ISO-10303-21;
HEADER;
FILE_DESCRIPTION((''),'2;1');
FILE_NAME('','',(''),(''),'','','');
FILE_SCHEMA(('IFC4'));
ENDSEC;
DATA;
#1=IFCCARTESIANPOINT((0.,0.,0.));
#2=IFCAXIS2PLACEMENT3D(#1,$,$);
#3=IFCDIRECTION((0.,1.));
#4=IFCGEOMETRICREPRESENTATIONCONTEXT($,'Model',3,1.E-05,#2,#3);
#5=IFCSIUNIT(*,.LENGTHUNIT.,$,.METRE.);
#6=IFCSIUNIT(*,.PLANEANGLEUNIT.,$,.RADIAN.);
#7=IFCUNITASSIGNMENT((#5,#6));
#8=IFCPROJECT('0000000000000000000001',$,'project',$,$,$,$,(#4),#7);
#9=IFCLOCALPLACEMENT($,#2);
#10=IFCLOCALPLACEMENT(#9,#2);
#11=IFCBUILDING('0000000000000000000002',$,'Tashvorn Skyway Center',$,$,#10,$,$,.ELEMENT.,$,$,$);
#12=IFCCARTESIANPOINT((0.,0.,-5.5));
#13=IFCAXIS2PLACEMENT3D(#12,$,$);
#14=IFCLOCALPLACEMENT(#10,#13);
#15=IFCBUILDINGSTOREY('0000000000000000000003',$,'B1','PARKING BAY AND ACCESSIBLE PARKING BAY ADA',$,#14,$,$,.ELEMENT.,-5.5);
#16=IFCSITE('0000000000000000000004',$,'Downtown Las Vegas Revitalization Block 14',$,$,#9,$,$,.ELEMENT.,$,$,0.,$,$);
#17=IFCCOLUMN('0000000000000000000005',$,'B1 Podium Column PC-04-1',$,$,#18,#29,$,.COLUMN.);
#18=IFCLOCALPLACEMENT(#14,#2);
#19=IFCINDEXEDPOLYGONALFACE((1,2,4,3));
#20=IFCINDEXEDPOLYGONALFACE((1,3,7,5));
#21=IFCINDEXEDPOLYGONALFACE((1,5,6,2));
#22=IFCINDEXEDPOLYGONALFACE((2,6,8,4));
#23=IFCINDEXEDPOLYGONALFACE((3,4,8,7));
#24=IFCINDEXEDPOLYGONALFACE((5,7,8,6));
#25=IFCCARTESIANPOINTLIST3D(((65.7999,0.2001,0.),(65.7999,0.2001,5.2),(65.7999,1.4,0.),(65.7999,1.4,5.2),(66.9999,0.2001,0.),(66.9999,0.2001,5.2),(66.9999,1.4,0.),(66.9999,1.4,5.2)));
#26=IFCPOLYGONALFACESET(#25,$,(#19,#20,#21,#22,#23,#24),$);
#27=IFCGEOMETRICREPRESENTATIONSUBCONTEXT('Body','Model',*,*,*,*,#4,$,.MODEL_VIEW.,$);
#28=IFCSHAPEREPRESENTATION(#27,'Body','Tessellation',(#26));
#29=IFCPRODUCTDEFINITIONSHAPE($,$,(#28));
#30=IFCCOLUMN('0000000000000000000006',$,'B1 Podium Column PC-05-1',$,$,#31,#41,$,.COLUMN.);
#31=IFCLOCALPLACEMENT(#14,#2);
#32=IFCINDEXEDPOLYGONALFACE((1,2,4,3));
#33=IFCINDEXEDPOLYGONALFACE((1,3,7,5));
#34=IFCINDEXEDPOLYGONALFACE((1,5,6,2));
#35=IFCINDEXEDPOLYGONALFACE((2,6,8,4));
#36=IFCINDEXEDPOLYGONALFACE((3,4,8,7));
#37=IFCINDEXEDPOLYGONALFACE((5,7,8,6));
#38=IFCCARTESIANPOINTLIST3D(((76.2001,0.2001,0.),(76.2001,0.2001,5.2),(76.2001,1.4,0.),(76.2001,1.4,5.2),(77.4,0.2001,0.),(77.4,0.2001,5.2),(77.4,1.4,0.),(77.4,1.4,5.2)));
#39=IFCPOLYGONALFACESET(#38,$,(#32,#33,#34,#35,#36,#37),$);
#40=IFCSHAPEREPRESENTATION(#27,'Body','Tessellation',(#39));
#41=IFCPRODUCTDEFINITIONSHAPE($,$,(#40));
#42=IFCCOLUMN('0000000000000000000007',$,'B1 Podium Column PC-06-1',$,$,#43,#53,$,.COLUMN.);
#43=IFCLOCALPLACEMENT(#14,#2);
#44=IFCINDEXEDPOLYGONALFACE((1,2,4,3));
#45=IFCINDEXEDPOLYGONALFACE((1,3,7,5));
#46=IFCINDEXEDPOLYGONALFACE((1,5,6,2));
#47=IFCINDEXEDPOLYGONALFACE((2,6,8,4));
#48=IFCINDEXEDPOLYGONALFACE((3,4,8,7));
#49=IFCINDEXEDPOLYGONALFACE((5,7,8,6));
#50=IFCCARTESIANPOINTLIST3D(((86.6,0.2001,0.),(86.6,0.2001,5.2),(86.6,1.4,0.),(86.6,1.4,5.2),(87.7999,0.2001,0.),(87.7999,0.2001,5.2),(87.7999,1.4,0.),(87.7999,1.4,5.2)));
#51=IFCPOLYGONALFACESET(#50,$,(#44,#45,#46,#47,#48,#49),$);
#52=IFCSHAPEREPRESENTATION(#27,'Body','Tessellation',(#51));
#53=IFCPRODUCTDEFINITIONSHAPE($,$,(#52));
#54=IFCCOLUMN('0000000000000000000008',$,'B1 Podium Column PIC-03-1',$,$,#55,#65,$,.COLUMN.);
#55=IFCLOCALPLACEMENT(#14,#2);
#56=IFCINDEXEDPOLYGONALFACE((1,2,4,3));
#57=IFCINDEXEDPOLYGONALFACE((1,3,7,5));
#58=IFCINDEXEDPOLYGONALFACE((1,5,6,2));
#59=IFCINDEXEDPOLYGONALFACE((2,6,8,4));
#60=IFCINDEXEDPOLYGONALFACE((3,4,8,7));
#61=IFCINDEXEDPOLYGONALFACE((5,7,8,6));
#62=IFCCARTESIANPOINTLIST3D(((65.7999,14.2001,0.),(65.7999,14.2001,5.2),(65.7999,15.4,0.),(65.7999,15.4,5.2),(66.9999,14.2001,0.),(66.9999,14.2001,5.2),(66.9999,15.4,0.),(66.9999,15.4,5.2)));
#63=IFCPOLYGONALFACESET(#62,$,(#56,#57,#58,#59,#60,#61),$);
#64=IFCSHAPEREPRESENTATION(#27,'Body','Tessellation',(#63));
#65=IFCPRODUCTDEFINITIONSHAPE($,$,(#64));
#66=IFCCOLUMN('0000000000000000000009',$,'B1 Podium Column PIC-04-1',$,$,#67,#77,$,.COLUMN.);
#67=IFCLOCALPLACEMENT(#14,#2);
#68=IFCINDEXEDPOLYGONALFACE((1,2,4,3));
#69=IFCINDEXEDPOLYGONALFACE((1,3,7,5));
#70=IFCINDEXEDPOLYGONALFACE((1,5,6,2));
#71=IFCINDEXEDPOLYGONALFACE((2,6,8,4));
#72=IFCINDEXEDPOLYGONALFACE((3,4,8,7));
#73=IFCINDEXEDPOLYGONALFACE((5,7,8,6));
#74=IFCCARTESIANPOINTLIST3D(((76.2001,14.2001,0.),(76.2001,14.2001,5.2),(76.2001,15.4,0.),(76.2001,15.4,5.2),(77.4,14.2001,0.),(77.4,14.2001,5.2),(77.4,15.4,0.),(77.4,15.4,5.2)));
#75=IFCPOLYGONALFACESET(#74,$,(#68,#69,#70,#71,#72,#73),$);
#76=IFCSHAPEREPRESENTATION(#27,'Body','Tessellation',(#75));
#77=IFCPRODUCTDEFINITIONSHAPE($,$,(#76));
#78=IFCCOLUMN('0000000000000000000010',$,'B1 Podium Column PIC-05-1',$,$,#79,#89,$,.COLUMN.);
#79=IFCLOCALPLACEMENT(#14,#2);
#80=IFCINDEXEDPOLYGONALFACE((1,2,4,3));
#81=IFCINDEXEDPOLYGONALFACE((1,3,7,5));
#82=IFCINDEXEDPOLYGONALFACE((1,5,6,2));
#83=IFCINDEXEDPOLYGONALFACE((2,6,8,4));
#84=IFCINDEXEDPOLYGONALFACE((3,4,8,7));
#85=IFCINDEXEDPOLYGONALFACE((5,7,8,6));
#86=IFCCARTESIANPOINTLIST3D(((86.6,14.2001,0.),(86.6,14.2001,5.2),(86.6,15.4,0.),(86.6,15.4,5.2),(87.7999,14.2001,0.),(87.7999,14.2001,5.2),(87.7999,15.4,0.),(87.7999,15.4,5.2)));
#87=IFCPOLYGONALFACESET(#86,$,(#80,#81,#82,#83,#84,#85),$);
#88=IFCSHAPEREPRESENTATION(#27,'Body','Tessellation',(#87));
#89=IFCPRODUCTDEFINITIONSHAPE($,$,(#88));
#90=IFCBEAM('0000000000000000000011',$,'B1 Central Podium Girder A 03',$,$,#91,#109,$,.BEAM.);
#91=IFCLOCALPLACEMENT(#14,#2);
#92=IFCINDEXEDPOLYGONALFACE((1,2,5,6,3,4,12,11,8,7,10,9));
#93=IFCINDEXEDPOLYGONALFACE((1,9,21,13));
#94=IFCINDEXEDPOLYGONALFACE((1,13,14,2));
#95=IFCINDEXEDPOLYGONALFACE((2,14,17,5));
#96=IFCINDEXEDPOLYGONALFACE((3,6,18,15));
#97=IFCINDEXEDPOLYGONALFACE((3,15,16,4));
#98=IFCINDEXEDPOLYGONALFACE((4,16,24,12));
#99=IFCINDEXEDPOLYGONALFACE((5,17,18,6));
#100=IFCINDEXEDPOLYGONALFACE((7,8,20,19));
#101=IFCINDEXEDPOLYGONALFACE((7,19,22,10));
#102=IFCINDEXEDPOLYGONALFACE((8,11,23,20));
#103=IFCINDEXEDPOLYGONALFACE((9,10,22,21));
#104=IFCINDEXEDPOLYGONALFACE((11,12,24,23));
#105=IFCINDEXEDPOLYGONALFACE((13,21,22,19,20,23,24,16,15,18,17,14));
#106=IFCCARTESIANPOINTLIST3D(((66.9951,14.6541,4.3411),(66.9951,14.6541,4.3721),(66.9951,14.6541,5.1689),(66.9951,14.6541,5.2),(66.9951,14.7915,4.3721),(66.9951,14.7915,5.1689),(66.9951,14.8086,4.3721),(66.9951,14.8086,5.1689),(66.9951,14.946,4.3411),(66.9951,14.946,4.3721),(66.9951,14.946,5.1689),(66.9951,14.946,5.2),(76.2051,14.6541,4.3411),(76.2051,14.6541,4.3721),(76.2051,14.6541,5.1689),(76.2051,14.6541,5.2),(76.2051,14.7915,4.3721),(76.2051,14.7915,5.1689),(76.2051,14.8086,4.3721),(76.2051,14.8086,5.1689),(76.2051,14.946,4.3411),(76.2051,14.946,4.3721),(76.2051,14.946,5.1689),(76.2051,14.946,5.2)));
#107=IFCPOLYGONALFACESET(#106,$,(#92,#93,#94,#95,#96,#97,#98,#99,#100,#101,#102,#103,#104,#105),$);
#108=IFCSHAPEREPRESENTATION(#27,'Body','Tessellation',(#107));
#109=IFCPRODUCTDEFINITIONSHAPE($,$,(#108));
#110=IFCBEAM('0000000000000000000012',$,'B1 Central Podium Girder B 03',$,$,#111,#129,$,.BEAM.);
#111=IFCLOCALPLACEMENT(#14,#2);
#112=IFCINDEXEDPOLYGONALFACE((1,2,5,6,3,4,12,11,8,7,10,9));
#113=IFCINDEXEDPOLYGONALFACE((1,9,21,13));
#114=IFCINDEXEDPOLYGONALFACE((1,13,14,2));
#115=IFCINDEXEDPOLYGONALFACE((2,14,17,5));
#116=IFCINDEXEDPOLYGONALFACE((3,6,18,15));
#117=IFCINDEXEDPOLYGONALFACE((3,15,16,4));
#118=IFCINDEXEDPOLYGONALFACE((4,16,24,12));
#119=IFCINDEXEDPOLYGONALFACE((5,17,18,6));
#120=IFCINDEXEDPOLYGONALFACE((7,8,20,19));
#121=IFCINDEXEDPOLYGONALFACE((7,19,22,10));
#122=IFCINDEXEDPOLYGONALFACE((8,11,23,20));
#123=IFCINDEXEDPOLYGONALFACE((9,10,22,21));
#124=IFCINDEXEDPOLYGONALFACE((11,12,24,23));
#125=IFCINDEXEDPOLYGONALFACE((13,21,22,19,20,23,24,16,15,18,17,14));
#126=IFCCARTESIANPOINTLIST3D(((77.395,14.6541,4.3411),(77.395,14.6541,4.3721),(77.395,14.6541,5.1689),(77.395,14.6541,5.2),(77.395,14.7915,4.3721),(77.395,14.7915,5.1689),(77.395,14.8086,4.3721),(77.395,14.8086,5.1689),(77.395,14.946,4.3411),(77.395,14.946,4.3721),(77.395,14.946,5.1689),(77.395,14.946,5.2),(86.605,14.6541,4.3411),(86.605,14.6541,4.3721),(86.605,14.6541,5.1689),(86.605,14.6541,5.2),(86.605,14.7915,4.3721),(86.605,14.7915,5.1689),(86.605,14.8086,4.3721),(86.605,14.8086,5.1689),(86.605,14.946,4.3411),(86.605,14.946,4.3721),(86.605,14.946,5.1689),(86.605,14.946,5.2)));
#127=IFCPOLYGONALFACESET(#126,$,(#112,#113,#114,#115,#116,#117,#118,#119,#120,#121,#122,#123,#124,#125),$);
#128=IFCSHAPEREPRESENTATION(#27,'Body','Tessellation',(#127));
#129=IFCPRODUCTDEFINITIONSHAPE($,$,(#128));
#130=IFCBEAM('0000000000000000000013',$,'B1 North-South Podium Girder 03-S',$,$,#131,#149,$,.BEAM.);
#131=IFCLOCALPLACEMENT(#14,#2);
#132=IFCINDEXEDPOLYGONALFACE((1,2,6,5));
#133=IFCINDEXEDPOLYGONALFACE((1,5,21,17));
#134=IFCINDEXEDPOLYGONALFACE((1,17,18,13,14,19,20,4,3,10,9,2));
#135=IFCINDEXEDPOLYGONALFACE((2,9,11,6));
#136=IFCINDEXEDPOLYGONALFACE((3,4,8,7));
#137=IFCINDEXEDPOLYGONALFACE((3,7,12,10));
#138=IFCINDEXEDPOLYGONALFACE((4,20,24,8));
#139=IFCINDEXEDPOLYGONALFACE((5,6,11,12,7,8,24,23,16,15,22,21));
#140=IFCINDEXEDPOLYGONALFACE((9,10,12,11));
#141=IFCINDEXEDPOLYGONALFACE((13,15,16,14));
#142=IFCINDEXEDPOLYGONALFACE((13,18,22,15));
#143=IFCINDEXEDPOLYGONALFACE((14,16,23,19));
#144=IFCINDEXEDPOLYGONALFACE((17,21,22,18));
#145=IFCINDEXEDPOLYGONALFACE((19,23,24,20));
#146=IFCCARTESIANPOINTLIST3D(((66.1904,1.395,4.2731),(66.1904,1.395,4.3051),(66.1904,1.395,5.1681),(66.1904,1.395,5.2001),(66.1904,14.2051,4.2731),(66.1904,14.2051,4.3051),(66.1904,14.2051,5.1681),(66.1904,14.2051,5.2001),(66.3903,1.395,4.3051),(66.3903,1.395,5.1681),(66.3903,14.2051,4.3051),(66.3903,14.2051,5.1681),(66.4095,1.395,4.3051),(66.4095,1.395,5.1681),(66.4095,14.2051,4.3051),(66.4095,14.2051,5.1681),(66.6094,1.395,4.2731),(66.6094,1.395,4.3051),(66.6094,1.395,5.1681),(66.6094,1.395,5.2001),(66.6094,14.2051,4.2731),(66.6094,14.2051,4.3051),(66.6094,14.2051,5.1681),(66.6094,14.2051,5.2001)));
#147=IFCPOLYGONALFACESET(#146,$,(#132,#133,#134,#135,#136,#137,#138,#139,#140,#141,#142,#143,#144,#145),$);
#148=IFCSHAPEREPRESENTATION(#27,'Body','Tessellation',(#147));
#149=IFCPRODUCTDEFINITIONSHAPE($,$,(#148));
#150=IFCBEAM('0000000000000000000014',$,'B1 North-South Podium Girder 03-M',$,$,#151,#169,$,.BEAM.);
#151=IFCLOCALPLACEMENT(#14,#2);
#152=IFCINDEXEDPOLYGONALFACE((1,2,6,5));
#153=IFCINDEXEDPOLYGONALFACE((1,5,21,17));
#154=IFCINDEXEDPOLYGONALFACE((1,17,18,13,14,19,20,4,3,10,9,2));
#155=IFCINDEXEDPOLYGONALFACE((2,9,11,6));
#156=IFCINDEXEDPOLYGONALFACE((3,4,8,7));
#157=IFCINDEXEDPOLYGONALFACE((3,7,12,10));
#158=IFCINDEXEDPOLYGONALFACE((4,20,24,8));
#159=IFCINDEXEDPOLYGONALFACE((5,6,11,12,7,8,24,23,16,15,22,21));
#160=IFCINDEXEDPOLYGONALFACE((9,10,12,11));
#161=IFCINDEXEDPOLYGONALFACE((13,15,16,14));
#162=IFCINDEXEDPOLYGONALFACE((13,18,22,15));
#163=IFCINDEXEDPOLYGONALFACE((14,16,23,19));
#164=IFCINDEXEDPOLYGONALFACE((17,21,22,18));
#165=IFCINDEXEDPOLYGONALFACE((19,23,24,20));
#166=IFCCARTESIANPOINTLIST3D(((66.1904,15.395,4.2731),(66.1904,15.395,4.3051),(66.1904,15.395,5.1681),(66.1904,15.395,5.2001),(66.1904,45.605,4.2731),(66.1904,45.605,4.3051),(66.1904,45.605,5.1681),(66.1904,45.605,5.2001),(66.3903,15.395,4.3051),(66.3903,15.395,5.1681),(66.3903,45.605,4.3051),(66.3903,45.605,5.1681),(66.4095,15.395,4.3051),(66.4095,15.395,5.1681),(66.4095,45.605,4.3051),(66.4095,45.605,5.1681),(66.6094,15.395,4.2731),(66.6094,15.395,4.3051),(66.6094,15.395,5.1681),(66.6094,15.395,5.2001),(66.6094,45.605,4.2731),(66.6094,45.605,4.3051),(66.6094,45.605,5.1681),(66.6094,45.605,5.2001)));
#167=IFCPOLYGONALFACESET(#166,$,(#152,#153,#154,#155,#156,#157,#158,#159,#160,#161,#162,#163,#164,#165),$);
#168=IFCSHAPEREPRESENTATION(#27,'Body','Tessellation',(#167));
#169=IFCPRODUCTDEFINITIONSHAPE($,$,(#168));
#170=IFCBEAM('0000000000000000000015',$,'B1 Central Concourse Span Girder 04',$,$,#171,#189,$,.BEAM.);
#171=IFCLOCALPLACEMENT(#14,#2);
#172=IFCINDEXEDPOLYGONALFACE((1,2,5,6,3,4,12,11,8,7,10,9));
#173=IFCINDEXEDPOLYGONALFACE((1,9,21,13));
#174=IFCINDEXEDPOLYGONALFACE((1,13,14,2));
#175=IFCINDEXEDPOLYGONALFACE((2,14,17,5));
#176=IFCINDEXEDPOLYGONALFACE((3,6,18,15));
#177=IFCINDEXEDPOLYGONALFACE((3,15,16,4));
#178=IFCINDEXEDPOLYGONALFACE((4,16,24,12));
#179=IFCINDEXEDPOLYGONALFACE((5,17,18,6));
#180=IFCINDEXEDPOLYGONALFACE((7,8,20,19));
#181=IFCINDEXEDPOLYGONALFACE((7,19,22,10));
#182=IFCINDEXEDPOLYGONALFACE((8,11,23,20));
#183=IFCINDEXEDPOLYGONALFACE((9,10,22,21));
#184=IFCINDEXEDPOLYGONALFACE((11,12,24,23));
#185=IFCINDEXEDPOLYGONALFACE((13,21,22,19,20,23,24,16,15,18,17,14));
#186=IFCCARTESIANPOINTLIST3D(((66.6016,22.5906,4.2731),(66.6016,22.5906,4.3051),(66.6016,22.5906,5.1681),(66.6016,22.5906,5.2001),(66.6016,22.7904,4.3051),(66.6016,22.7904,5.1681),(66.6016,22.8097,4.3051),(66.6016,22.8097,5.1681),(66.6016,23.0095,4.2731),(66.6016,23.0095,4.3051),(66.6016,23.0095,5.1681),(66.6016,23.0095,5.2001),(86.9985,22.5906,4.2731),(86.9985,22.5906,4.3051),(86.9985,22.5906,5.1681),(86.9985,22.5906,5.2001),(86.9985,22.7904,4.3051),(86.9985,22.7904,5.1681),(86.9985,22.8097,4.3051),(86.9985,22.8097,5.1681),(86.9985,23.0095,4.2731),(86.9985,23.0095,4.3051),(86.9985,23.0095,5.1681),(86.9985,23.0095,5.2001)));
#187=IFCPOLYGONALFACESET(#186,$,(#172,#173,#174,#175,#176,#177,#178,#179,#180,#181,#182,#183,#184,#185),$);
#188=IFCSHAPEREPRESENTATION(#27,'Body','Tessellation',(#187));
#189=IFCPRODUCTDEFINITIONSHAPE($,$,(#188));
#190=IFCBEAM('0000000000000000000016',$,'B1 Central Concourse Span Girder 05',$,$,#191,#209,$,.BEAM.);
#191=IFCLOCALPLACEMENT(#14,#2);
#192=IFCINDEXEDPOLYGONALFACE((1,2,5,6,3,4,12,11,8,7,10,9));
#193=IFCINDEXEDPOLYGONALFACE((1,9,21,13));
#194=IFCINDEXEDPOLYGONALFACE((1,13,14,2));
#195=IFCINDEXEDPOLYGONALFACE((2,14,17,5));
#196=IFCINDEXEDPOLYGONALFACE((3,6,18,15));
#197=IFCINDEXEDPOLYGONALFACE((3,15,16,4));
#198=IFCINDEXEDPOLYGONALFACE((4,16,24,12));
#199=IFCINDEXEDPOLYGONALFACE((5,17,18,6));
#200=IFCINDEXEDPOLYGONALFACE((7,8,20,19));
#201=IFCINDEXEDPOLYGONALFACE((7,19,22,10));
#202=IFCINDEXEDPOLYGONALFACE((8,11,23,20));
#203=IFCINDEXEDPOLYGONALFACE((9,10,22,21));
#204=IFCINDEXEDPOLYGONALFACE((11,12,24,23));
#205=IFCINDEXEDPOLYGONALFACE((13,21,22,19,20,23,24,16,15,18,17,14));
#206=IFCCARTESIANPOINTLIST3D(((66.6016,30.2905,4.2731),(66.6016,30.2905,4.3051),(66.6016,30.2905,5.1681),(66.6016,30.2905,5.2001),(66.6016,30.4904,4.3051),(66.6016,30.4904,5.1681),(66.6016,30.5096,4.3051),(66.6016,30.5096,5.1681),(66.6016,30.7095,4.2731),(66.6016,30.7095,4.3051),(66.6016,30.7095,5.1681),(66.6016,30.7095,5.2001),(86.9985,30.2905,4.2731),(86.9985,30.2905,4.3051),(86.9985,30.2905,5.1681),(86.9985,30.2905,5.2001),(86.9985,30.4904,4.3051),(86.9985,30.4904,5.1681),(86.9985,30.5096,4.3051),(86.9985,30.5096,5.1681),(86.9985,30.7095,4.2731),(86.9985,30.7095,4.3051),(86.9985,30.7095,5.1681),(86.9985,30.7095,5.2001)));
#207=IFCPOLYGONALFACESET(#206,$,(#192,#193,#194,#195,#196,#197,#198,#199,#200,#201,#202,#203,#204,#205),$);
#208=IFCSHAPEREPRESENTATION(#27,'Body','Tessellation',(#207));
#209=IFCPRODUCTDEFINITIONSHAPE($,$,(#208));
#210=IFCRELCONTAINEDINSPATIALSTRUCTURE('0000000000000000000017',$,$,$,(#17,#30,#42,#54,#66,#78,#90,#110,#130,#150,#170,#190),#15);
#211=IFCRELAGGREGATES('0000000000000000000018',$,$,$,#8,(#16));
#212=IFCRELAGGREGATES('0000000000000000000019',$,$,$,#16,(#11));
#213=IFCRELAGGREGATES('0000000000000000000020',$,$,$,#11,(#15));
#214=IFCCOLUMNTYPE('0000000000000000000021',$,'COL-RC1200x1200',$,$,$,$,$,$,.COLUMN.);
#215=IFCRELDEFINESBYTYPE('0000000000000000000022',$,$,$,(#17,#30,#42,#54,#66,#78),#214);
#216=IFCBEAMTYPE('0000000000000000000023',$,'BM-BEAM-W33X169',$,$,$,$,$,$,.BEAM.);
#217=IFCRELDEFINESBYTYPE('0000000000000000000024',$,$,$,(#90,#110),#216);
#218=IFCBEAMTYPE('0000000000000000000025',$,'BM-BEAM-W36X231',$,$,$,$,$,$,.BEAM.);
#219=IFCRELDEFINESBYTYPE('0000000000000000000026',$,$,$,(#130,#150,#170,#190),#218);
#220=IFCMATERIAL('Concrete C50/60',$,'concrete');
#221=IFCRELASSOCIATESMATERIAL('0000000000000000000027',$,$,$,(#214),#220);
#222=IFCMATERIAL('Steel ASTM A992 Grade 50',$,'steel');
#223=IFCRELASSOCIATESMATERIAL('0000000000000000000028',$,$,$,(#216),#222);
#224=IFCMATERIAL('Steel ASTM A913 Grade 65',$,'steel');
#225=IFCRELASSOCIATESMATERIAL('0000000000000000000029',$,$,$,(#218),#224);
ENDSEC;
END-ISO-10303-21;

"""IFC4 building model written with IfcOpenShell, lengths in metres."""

from ifc_helpers import new_model, si_unit, direction, frame, origin, origin_2d, place, context, subcontext, project, spatial, rectangle, i_section, extrude, material, material_profile, profile_set, type_object, element, save


model = new_model("IFC4")

# Units and contexts
model_context = context("Model", 3, precision=1e-05, world=origin(), true_north=direction((0.0, 1.0)))
body_context = subcontext(model_context, "Body", "Model", "MODEL_VIEW")
ifc_project = project(units=[si_unit("LENGTHUNIT", "METRE"), si_unit("PLANEANGLEUNIT", "RADIAN")], contexts=[model_context])

# Site, building, storey
site_placement = place(None, origin())
site = spatial("IfcSite", under=ifc_project, at=site_placement, Name="Downtown Las Vegas Revitalization Block 14", CompositionType="ELEMENT", RefElevation=0.0)
building_placement = place(site_placement, origin())
building = spatial("IfcBuilding", under=site, at=building_placement, Name="Tashvorn Skyway Center", CompositionType="ELEMENT")
storey_placement = place(building_placement, frame((0.0, 0.0, -5.5)))
storey = spatial("IfcBuildingStorey", under=building, at=storey_placement, Name="B1", Description="PARKING BAY AND ACCESSIBLE PARKING BAY ADA", CompositionType="ELEMENT", Elevation=-5.5)

# Columns
ifc_material_1 = material(Name="Concrete C50/60", Category="concrete")
ifc_material_profile_1 = material_profile(ifc_material_1, rectangle(XDim=1.2, YDim=1.2, at=origin_2d()), Name="RC1200x1200")
ifc_profile_set_1 = profile_set([ifc_material_profile_1], Name="Concrete C50/60")
column_type = type_object("IfcColumnType", Name="COL-RC1200x1200", PredefinedType="COLUMN", material=ifc_profile_set_1)
for number, where, z_axis, x_axis, name in (
    (1, (66.3999, 0.8, 0.0), (0.0, 0.0, 1.0), (1.0, 0.0, 0.0), "B1 Podium Column PC-04-1"),
    (2, (76.8, 0.8, 0.0), (0.0, 0.0, 1.0), (1.0, 0.0, 0.0), "B1 Podium Column PC-05-1"),
    (3, (87.2, 0.8, 0.0), (0.0, 0.0, 1.0), (1.0, 0.0, 0.0), "B1 Podium Column PC-06-1"),
    (4, (66.3999, 14.8, 0.0), (0.0, 0.0, 1.0), (1.0, 0.0, 0.0), "B1 Podium Column PIC-03-1"),
    (5, (76.8, 14.8, 0.0), (0.0, 0.0, 1.0), (1.0, 0.0, 0.0), "B1 Podium Column PIC-04-1"),
    (6, (87.2, 14.8, 0.0), (0.0, 0.0, 1.0), (1.0, 0.0, 0.0), "B1 Podium Column PIC-05-1"),
):
    element("IfcColumn", number, at=place(storey_placement, frame(where, z_axis=z_axis, x_axis=x_axis)), inside=storey, type_object=column_type, Name=name, PredefinedType="COLUMN", context=body_context, shape_type="SweptSolid", body=[
        extrude(rectangle(XDim=1.2, YDim=1.2, at=origin_2d()), origin(), (0.0, 0.0, 1.0), 5.2),
    ])

# Beams
ifc_material_2 = material(Name="Steel ASTM A992 Grade 50", Category="steel")
ifc_material_profile_2 = material_profile(ifc_material_2, i_section(OverallWidth=0.292, OverallDepth=0.8589, WebThickness=0.0171, FlangeThickness=0.031, at=origin_2d()), Name="W33X169")
ifc_profile_set_2 = profile_set([ifc_material_profile_2], Name="Steel ASTM A992 Grade 50")
beam_type_1 = type_object("IfcBeamType", Name="BM-BEAM-W33X169", PredefinedType="BEAM", material=ifc_profile_set_2)
for number, where, z_axis, x_axis, name in (
    (7, (66.9951, 14.8, 4.7705), (1.0, 0.0, 0.0), (0.0, 1.0, 0.0), "B1 Central Podium Girder A 03"),
    (8, (77.395, 14.8, 4.7705), (1.0, 0.0, 0.0), (0.0, 1.0, 0.0), "B1 Central Podium Girder B 03"),
):
    element("IfcBeam", number, at=place(storey_placement, frame(where, z_axis=z_axis, x_axis=x_axis)), inside=storey, type_object=beam_type_1, Name=name, PredefinedType="BEAM", context=body_context, shape_type="SweptSolid", body=[
        extrude(i_section(OverallWidth=0.292, OverallDepth=0.8589, WebThickness=0.0171, FlangeThickness=0.031, at=origin_2d()), origin(), (0.0, 0.0, 1.0), 9.21),
    ])
ifc_material_3 = material(Name="Steel ASTM A913 Grade 65", Category="steel")
ifc_material_profile_3 = material_profile(ifc_material_3, i_section(OverallWidth=0.4189, OverallDepth=0.927, WebThickness=0.0193, FlangeThickness=0.032, at=origin_2d()), Name="W36X231")
ifc_profile_set_3 = profile_set([ifc_material_profile_3], Name="Steel ASTM A913 Grade 65")
beam_type_2 = type_object("IfcBeamType", Name="BM-BEAM-W36X231", PredefinedType="BEAM", material=ifc_profile_set_3)
beam_1_placement = place(storey_placement, frame((66.3999, 1.395, 4.7366), z_axis=(0.0, 1.0, 0.0), x_axis=(-1.0, 0.0, 0.0)))
element("IfcBeam", 9, at=beam_1_placement, inside=storey, type_object=beam_type_2, Name="B1 North-South Podium Girder 03-S", PredefinedType="BEAM", context=body_context, shape_type="SweptSolid", body=[
    extrude(i_section(OverallWidth=0.4189, OverallDepth=0.927, WebThickness=0.0193, FlangeThickness=0.032, at=origin_2d()), origin(), (0.0, 0.0, 1.0), 12.8101),
])
beam_2_placement = place(storey_placement, frame((66.3999, 15.395, 4.7366), z_axis=(0.0, 1.0, 0.0), x_axis=(-1.0, 0.0, 0.0)))
element("IfcBeam", 10, at=beam_2_placement, inside=storey, type_object=beam_type_2, Name="B1 North-South Podium Girder 03-M", PredefinedType="BEAM", context=body_context, shape_type="SweptSolid", body=[
    extrude(i_section(OverallWidth=0.4189, OverallDepth=0.927, WebThickness=0.0193, FlangeThickness=0.032, at=origin_2d()), origin(), (0.0, 0.0, 1.0), 30.21),
])
for number, where, z_axis, x_axis, name in (
    (11, (66.6016, 22.8, 4.7366), (1.0, 0.0, 0.0), (0.0, 1.0, 0.0), "B1 Central Concourse Span Girder 04"),
    (12, (66.6016, 30.5, 4.7366), (1.0, 0.0, 0.0), (0.0, 1.0, 0.0), "B1 Central Concourse Span Girder 05"),
):
    element("IfcBeam", number, at=place(storey_placement, frame(where, z_axis=z_axis, x_axis=x_axis)), inside=storey, type_object=beam_type_2, Name=name, PredefinedType="BEAM", context=body_context, shape_type="SweptSolid", body=[
        extrude(i_section(OverallWidth=0.4189, OverallDepth=0.927, WebThickness=0.0193, FlangeThickness=0.032, at=origin_2d()), origin(), (0.0, 0.0, 1.0), 20.397),
    ])

save(model, "model.ifc")
